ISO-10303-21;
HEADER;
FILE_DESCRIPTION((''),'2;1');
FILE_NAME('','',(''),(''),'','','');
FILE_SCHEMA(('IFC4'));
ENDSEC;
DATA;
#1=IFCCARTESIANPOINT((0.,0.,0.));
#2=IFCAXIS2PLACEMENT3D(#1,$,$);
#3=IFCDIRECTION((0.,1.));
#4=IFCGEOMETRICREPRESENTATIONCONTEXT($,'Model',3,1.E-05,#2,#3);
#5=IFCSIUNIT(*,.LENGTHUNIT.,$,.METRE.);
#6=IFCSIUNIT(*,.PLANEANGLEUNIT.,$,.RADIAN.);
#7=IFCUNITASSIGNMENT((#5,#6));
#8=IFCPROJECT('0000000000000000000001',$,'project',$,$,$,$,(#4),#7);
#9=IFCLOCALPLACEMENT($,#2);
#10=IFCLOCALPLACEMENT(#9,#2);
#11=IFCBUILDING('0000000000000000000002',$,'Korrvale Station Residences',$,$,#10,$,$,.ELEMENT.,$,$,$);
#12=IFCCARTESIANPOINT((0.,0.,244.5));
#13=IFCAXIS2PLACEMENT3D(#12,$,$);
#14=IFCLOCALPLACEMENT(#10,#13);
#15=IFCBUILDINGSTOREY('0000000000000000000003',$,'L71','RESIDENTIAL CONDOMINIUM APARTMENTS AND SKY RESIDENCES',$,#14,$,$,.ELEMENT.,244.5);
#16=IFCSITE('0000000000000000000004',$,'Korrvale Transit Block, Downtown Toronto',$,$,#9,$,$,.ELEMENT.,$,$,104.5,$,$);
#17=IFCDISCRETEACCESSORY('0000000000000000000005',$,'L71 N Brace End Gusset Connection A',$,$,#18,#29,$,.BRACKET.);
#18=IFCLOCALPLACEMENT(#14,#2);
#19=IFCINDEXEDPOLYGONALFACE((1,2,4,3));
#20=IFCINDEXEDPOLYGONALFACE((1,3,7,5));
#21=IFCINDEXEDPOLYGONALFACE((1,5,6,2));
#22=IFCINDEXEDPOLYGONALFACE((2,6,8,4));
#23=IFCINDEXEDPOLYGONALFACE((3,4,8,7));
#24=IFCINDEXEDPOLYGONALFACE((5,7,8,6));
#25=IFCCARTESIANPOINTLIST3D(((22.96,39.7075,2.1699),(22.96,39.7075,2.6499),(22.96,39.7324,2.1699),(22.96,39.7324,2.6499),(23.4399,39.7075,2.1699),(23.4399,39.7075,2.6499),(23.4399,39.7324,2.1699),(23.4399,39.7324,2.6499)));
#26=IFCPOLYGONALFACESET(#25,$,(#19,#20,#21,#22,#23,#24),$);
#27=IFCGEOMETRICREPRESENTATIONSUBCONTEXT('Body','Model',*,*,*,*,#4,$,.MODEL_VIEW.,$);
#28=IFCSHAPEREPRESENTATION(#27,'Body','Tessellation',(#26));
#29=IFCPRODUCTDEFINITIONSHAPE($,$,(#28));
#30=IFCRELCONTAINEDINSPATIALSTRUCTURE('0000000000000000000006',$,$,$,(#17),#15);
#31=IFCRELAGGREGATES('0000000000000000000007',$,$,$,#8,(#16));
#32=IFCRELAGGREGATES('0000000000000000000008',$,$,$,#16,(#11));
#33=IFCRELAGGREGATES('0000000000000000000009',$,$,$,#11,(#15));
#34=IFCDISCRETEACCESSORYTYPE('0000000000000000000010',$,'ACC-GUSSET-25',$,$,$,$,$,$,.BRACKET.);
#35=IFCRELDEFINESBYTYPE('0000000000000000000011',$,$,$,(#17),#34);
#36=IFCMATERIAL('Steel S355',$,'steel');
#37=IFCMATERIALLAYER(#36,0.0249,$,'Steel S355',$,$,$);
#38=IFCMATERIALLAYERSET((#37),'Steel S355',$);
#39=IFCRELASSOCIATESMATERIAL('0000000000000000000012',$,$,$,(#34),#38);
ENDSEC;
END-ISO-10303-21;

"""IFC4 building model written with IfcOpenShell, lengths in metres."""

from ifc_helpers import new_model, si_unit, direction, frame, origin, origin_2d, place, context, subcontext, project, spatial, rectangle, extrude, material, layer, layer_set, type_object, element, save


model = new_model("IFC4")

# Units and contexts
model_context = context("Model", 3, precision=1e-05, world=origin(), true_north=direction((0.0, 1.0)))
body_context = subcontext(model_context, "Body", "Model", "MODEL_VIEW")
ifc_project = project(units=[si_unit("LENGTHUNIT", "METRE"), si_unit("PLANEANGLEUNIT", "RADIAN")], contexts=[model_context])

# Site, building, storey
site_placement = place(None, origin())
site = spatial("IfcSite", under=ifc_project, at=site_placement, Name="Korrvale Transit Block, Downtown Toronto", CompositionType="ELEMENT", RefElevation=104.5)
building_placement = place(site_placement, origin())
building = spatial("IfcBuilding", under=site, at=building_placement, Name="Korrvale Station Residences", CompositionType="ELEMENT")
storey_placement = place(building_placement, frame((0.0, 0.0, 244.5)))
storey = spatial("IfcBuildingStorey", under=building, at=storey_placement, Name="L71", Description="RESIDENTIAL CONDOMINIUM APARTMENTS AND SKY RESIDENCES", CompositionType="ELEMENT", Elevation=244.5)

# Shared definitions
ifc_material_1 = material(Name="Steel S355", Category="steel")

# Discrete accessory
ifc_layer_1 = layer(ifc_material_1, 0.0249, Name="Steel S355")
ifc_layer_set_1 = layer_set([ifc_layer_1], Name="Steel S355")
discrete_accessory_type = type_object("IfcDiscreteAccessoryType", Name="ACC-GUSSET-25", PredefinedType="BRACKET", material=ifc_layer_set_1)
discrete_accessory_placement = place(storey_placement, frame((23.2, 39.72, 2.1699), z_axis=(0.0, 0.0, 1.0), x_axis=(1.0, 0.0, 0.0)))
element("IfcDiscreteAccessory", 1, at=discrete_accessory_placement, inside=storey, type_object=discrete_accessory_type, Name="L71 N Brace End Gusset Connection A", PredefinedType="BRACKET", context=body_context, shape_type="SweptSolid", body=[
    extrude(rectangle(XDim=0.48, YDim=0.0249, at=origin_2d()), origin(), (0.0, 0.0, 1.0), 0.48),
])

save(model, "model.ifc")
